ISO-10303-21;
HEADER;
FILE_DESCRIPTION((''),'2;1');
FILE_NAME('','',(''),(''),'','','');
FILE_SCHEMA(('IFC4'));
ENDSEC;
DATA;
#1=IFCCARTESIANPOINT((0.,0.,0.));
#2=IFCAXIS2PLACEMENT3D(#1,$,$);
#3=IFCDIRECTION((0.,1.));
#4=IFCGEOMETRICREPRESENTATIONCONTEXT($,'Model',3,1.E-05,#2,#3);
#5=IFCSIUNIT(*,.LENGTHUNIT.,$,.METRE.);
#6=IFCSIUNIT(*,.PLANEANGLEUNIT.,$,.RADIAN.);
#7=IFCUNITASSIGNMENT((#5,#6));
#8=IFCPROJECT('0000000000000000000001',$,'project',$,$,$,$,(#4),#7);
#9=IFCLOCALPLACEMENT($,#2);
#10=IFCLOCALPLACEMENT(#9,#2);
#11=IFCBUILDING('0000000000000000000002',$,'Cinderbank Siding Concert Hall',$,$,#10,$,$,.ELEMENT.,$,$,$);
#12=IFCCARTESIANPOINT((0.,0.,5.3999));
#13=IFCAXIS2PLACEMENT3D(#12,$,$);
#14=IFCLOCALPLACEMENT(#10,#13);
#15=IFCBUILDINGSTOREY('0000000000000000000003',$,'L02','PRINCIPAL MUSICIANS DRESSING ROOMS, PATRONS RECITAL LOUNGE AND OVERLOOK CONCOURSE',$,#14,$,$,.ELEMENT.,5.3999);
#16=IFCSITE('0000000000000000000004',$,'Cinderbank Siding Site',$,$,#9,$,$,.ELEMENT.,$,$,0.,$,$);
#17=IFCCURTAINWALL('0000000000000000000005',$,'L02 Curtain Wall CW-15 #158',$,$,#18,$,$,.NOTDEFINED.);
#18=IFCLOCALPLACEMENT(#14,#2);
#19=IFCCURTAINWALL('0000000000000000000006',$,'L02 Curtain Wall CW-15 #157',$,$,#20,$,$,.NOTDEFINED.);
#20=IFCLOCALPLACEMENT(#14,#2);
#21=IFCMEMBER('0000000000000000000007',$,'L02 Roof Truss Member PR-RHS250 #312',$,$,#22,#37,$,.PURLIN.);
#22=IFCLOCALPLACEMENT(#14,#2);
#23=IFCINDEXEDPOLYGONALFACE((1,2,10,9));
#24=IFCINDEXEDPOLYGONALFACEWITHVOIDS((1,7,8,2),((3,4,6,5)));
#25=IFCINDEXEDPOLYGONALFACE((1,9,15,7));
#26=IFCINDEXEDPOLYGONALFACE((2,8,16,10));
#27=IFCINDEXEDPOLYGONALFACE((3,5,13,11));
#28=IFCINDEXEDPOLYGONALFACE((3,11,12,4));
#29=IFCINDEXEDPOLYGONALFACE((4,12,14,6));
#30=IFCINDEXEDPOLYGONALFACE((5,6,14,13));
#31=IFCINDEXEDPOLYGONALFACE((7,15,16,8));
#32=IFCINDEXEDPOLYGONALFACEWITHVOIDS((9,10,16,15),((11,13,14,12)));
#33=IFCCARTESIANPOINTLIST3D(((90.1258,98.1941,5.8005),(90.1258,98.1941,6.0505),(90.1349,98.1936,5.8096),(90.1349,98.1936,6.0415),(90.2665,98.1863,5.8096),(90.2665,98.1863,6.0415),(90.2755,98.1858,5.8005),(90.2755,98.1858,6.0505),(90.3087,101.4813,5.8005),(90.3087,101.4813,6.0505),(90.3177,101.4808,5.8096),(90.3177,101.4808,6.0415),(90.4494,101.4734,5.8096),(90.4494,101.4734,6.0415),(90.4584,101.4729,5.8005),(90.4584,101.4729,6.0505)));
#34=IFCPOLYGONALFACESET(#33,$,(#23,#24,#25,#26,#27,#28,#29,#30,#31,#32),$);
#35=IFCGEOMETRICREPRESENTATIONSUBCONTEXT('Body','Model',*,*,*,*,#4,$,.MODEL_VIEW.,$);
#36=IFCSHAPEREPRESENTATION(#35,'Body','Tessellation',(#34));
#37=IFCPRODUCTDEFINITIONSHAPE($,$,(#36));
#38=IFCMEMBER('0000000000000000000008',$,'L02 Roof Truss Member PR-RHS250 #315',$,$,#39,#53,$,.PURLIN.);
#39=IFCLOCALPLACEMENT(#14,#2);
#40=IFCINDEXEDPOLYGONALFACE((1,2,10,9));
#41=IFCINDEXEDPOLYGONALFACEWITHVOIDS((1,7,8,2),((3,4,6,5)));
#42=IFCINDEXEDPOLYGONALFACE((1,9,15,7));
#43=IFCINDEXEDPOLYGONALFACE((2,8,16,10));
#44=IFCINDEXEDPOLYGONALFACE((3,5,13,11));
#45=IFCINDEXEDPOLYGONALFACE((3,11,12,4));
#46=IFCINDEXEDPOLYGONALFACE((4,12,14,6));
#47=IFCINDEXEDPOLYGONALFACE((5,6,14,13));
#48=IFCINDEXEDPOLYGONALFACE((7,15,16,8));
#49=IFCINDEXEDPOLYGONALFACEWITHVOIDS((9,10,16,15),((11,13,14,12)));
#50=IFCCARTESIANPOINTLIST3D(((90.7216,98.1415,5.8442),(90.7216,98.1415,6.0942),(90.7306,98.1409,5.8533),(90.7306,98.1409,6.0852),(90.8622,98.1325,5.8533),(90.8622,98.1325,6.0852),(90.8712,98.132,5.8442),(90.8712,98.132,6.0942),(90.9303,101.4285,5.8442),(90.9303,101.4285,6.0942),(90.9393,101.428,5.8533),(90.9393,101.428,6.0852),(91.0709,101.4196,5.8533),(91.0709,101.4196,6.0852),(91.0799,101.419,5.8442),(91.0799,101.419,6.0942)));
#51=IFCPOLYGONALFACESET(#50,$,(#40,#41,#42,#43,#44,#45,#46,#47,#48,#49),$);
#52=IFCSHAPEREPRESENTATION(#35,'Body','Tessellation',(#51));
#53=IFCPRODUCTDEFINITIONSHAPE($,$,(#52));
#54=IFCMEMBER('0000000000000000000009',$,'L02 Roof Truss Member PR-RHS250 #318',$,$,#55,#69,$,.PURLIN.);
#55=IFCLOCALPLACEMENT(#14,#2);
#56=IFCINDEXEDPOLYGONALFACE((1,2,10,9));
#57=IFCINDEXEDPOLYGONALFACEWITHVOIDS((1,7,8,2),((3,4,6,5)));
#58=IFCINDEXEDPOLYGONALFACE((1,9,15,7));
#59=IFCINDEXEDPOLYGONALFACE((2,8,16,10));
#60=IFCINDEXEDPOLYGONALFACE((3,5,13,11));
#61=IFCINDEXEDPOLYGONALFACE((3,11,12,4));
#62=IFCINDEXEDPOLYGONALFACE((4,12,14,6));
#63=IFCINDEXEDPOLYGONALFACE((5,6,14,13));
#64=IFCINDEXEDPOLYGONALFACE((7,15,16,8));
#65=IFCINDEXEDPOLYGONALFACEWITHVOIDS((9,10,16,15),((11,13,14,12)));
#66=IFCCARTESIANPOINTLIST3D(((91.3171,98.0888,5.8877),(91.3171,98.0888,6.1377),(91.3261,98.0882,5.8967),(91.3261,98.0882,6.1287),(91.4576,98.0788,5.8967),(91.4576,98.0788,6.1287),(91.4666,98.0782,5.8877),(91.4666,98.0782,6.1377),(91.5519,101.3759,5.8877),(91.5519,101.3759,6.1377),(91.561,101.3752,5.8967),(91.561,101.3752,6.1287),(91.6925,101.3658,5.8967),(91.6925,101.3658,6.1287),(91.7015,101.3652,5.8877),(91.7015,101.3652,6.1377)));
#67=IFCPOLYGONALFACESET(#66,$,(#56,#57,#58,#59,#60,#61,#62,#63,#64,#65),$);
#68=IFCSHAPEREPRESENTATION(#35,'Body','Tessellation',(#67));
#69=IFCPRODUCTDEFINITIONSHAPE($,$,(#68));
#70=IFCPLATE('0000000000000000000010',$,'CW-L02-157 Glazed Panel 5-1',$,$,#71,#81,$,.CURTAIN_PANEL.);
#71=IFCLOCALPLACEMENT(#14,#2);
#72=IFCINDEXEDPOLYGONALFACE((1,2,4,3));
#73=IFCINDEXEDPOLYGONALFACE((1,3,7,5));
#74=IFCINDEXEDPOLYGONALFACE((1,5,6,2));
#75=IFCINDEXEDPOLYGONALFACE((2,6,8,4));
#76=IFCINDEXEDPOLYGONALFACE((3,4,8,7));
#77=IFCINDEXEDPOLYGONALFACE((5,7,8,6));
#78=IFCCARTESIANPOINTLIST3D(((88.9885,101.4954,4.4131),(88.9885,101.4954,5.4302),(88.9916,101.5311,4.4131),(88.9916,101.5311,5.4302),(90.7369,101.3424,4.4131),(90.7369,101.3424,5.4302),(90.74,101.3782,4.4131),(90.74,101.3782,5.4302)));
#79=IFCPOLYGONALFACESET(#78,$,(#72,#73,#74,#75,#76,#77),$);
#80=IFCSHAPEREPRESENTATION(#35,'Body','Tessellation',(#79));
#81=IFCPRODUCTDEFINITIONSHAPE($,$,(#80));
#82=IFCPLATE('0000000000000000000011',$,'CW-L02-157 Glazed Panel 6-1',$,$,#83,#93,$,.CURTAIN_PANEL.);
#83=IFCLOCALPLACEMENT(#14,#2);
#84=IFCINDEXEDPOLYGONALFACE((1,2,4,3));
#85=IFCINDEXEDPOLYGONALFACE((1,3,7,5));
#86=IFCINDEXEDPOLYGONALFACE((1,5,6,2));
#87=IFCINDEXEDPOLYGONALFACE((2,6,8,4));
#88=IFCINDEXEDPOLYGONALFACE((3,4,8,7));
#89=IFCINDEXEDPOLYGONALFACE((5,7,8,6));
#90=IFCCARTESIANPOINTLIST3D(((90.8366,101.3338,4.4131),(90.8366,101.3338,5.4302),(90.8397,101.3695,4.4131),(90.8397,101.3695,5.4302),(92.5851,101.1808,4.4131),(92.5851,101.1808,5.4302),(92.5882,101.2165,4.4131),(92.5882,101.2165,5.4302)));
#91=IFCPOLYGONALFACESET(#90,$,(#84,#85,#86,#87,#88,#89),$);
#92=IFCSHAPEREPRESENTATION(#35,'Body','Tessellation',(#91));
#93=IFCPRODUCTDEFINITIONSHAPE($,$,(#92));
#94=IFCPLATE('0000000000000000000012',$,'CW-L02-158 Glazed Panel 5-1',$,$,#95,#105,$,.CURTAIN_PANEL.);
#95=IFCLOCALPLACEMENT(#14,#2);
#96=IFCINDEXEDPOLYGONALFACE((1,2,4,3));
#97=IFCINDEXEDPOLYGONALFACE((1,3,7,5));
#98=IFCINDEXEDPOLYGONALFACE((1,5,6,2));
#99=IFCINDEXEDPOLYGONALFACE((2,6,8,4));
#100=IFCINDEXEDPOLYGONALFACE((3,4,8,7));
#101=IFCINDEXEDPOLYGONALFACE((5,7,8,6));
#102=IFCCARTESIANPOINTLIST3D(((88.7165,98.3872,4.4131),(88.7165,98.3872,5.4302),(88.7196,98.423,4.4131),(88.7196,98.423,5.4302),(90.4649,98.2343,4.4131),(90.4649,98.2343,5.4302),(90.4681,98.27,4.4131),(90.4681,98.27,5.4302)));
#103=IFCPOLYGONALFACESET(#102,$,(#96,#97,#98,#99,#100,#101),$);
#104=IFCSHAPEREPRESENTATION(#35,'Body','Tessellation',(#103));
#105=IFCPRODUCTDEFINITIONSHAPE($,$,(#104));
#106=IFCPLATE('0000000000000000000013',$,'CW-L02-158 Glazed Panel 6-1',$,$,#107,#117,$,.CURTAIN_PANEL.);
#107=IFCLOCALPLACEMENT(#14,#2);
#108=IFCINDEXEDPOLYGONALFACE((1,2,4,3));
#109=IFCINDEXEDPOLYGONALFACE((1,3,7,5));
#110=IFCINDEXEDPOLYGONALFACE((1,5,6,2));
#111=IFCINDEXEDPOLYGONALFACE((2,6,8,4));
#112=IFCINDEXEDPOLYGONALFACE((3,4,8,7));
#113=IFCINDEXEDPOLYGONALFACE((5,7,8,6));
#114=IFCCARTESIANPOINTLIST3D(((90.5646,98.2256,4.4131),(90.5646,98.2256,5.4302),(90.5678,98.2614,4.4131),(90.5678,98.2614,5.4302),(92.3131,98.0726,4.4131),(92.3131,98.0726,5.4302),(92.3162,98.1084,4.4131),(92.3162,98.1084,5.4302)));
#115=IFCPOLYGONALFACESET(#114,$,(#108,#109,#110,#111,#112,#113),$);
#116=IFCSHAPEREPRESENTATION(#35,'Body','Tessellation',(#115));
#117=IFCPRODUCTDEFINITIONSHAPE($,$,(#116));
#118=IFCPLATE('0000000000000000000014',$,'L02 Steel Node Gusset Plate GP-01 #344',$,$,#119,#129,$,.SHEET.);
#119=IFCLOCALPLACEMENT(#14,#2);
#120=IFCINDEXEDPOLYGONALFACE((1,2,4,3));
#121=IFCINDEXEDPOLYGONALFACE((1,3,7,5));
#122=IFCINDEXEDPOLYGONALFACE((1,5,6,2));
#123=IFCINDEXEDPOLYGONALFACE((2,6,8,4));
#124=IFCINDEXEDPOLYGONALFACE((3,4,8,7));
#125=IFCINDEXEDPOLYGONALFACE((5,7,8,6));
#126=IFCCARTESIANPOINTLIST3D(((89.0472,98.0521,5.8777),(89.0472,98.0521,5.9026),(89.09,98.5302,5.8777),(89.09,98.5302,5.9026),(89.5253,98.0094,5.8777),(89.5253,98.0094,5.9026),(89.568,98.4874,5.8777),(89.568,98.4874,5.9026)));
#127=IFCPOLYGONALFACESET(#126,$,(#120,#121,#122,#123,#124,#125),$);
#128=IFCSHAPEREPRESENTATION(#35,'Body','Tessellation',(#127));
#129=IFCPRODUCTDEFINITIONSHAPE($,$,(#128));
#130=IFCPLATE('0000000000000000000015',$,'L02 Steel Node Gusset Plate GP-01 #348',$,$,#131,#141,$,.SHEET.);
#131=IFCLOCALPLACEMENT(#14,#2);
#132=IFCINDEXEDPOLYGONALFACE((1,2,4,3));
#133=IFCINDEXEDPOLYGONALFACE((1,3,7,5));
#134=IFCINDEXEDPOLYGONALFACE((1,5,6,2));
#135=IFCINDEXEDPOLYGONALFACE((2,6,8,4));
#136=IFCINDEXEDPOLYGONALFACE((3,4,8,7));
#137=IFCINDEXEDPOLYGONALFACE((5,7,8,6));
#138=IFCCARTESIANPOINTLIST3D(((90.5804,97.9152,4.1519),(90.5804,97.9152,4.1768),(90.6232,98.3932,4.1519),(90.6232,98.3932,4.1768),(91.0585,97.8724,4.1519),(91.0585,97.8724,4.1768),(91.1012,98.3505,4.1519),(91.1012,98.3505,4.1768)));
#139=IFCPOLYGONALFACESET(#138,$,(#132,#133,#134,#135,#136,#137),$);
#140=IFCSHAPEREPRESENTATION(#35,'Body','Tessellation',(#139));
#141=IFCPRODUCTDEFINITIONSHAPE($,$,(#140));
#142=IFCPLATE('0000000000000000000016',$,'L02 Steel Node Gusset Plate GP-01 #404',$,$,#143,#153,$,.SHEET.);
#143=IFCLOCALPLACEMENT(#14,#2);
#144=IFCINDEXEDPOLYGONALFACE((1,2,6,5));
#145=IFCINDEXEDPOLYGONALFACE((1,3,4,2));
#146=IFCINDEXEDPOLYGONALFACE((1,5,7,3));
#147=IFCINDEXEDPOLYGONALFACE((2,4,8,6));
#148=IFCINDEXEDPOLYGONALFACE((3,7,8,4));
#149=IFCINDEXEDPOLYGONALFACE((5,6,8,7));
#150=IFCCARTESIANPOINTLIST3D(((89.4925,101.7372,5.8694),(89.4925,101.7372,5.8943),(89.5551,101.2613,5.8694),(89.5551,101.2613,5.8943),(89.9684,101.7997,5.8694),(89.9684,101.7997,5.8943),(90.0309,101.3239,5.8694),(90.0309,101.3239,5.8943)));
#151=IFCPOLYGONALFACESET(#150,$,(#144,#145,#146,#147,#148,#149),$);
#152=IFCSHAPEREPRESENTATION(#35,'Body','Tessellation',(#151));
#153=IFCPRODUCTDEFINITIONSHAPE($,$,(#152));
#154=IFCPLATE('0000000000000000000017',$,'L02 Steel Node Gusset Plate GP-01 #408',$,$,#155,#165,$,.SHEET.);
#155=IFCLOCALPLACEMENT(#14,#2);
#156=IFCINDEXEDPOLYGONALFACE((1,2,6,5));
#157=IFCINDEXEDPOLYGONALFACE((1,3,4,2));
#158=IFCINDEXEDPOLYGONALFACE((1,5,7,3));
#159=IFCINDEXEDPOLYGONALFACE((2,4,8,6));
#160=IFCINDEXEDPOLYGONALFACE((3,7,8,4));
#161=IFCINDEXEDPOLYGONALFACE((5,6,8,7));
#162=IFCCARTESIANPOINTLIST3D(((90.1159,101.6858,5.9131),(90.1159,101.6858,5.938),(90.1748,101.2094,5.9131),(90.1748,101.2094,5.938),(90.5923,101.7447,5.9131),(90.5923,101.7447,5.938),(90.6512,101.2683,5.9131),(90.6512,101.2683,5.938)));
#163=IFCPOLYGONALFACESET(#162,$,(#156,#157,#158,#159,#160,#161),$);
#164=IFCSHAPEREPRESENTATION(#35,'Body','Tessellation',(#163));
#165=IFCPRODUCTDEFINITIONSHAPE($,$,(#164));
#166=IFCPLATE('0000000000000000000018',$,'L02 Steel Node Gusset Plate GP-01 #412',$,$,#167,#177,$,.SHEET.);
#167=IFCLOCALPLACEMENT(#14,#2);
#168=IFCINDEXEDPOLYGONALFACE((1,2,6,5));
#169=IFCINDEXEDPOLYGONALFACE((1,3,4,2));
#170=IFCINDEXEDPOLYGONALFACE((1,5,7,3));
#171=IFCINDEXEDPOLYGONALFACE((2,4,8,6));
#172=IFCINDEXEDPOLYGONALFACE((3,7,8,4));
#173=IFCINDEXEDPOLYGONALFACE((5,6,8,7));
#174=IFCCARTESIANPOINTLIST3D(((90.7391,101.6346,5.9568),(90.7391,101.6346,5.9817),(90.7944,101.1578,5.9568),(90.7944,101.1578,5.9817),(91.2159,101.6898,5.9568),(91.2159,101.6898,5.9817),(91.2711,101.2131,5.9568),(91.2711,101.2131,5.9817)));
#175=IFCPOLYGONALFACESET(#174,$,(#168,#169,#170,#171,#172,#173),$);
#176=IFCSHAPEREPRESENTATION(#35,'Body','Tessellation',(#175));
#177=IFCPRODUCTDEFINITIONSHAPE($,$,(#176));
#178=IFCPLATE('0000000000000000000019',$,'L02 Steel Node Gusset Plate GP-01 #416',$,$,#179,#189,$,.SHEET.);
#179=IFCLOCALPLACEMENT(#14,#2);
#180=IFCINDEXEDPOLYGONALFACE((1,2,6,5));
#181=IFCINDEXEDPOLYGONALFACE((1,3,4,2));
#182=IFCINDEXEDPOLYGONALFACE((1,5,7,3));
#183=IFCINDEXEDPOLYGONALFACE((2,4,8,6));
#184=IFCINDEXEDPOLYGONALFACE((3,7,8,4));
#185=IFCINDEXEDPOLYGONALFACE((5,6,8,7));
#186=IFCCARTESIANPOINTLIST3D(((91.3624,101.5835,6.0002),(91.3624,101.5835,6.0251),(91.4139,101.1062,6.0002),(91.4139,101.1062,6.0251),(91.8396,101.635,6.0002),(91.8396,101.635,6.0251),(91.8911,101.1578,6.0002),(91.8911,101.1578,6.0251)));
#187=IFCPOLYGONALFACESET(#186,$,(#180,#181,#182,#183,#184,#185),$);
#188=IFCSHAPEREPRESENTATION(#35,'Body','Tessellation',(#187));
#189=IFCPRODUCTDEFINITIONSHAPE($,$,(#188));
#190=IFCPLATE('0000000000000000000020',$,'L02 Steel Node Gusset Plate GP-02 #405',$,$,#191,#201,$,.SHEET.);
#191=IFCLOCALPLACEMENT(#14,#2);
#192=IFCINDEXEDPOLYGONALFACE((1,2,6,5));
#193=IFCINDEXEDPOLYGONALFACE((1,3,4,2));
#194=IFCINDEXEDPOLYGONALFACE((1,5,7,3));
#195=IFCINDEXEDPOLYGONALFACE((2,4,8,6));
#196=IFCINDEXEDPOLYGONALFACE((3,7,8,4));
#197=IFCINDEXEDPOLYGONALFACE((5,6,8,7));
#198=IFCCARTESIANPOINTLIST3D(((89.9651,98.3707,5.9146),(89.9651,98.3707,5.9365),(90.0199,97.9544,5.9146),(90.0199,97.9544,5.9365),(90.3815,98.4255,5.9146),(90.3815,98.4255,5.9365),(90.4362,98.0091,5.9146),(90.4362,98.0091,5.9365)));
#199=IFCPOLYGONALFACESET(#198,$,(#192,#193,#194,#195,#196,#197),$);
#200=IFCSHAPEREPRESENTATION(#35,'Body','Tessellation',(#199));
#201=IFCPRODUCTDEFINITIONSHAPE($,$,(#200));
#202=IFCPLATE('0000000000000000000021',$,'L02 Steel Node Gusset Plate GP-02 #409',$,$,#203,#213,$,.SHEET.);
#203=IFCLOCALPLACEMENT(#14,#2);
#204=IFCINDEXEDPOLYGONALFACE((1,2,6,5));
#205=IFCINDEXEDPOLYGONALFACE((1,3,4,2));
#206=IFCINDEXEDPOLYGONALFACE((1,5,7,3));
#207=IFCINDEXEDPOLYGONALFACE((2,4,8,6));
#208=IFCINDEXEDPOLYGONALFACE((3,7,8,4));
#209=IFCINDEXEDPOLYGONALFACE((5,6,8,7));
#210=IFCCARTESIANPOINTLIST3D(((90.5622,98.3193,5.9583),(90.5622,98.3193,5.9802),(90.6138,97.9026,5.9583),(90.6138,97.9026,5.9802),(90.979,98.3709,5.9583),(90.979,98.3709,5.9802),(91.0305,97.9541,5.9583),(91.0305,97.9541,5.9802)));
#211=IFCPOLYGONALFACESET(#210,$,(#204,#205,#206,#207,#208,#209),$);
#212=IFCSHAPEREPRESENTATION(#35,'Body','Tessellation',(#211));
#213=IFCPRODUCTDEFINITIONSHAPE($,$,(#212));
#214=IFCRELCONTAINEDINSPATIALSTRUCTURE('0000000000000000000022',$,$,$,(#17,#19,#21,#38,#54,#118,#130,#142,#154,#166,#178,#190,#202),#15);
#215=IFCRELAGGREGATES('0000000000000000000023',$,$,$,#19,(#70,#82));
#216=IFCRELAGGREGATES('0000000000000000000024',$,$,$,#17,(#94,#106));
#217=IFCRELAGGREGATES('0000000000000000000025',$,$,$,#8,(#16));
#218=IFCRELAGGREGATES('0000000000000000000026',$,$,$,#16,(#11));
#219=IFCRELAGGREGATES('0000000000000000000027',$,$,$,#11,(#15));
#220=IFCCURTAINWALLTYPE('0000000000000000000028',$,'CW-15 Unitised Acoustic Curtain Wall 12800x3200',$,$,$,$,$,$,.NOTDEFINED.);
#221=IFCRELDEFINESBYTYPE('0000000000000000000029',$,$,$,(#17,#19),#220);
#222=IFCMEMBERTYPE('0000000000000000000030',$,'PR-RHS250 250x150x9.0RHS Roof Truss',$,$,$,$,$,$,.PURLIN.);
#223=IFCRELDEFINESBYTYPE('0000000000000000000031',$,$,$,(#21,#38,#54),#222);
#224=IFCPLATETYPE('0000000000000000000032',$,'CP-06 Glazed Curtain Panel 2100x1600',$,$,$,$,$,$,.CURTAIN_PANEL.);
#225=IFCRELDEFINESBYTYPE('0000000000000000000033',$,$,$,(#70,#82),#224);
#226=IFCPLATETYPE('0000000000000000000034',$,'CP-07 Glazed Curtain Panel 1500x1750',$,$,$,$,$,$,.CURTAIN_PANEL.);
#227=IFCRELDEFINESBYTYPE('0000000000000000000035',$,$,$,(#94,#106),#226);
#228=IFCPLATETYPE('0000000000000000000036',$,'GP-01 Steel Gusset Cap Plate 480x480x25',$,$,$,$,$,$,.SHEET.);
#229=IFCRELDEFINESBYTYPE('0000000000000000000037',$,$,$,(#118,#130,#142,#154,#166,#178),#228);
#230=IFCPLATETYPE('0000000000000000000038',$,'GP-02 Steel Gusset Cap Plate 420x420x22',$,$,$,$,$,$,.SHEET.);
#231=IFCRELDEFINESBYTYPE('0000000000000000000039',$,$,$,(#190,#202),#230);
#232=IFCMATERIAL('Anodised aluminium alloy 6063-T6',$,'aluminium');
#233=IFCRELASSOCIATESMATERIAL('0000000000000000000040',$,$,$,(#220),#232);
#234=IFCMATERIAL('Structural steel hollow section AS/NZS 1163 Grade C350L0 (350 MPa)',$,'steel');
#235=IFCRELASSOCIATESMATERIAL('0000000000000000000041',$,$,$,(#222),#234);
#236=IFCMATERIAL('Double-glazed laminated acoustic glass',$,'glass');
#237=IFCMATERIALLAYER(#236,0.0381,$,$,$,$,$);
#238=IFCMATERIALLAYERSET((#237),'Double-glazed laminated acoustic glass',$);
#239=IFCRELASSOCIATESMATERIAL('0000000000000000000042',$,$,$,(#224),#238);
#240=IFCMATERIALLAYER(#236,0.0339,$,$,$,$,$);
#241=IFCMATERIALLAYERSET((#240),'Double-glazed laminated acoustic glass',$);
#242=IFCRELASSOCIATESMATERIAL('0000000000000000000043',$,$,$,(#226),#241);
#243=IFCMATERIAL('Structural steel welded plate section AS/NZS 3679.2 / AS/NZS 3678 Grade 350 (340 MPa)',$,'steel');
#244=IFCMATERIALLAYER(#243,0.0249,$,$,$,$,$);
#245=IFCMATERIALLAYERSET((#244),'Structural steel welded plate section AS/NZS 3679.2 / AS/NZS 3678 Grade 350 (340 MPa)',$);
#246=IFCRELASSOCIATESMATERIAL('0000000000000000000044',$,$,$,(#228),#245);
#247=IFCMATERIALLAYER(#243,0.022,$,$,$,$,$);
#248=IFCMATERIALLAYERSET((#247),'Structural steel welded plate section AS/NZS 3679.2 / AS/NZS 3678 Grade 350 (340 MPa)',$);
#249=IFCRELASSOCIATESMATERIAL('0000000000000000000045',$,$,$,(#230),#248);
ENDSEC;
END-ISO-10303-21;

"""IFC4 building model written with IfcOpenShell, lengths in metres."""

from ifc_helpers import new_model, si_unit, direction, frame, origin, origin_2d, place, context, subcontext, project, spatial, rectangle, hollow_rectangle, extrude, material, layer, layer_set, material_profile, profile_set, type_object, element, aggregate, save


model = new_model("IFC4")

# Units and contexts
model_context = context("Model", 3, precision=1e-05, world=origin(), true_north=direction((0.0, 1.0)))
body_context = subcontext(model_context, "Body", "Model", "MODEL_VIEW")
ifc_project = project(units=[si_unit("LENGTHUNIT", "METRE"), si_unit("PLANEANGLEUNIT", "RADIAN")], contexts=[model_context])

# Site, building, storey
site_placement = place(None, origin())
site = spatial("IfcSite", under=ifc_project, at=site_placement, Name="Cinderbank Siding Site", CompositionType="ELEMENT", RefElevation=0.0)
building_placement = place(site_placement, origin())
building = spatial("IfcBuilding", under=site, at=building_placement, Name="Cinderbank Siding Concert Hall", CompositionType="ELEMENT")
storey_placement = place(building_placement, frame((0.0, 0.0, 5.3999)))
storey = spatial("IfcBuildingStorey", under=building, at=storey_placement, Name="L02", Description="PRINCIPAL MUSICIANS DRESSING ROOMS, PATRONS RECITAL LOUNGE AND OVERLOOK CONCOURSE", CompositionType="ELEMENT", Elevation=5.3999)

# Shared definitions
ifc_material_1 = material(Name="Structural steel hollow section AS/NZS 1163 Grade C350L0 (350 MPa)", Category="steel")

# Curtain walls
ifc_material_2 = material(Name="Anodised aluminium alloy 6063-T6", Category="aluminium")
curtain_wall_type = type_object("IfcCurtainWallType", Name="CW-15 Unitised Acoustic Curtain Wall 12800x3200", PredefinedType="NOTDEFINED", material=ifc_material_2)
curtain_wall_1_placement = place(storey_placement, origin())
curtain_wall_1 = element("IfcCurtainWall", 1, at=curtain_wall_1_placement, inside=storey, type_object=curtain_wall_type, Name="L02 Curtain Wall CW-15 #158", PredefinedType="NOTDEFINED")
curtain_wall_2_placement = place(storey_placement, origin())
curtain_wall_2 = element("IfcCurtainWall", 2, at=curtain_wall_2_placement, inside=storey, type_object=curtain_wall_type, Name="L02 Curtain Wall CW-15 #157", PredefinedType="NOTDEFINED")

# Members
ifc_material_profile_1 = material_profile(ifc_material_1, hollow_rectangle(XDim=0.1499, YDim=0.25, WallThickness=0.009, at=origin_2d()), Name="250x150x9.0RHS", Category="LoadBearing")
ifc_profile_set_1 = profile_set([ifc_material_profile_1], Name="Structural steel hollow section AS/NZS 1163 Grade C350L0 (350 MPa)")
member_type_1 = type_object("IfcMemberType", Name="PR-RHS250 250x150x9.0RHS Roof Truss", PredefinedType="PURLIN", material=ifc_profile_set_1)
member_1_placement = place(storey_placement, frame((90.2007, 98.1899, 5.9255), z_axis=(0.055544, 0.998456, 0.0), x_axis=(-0.998456, 0.055544, 0.0)))
element("IfcMember", 3, at=member_1_placement, inside=storey, type_object=member_type_1, Name="L02 Roof Truss Member PR-RHS250 #312", PredefinedType="PURLIN", context=body_context, shape_type="SweptSolid", body=[
    extrude(hollow_rectangle(XDim=0.1499, YDim=0.25, WallThickness=0.009, at=origin_2d()), origin(), (0.0, 0.0, 1.0), 3.2922),
])
member_2_placement = place(storey_placement, frame((90.7964, 98.1367, 5.9692), z_axis=(0.063375, 0.99799, 0.0), x_axis=(-0.99799, 0.063375, 0.0)))
element("IfcMember", 4, at=member_2_placement, inside=storey, type_object=member_type_1, Name="L02 Roof Truss Member PR-RHS250 #315", PredefinedType="PURLIN", context=body_context, shape_type="SweptSolid", body=[
    extrude(hollow_rectangle(XDim=0.1499, YDim=0.25, WallThickness=0.009, at=origin_2d()), origin(), (0.0, 0.0, 1.0), 3.2937),
])
member_3_placement = place(storey_placement, frame((91.3918, 98.0835, 6.0127), z_axis=(0.071268, 0.997457, 0.0), x_axis=(-0.997457, 0.071268, 0.0)))
element("IfcMember", 5, at=member_3_placement, inside=storey, type_object=member_type_1, Name="L02 Roof Truss Member PR-RHS250 #318", PredefinedType="PURLIN", context=body_context, shape_type="SweptSolid", body=[
    extrude(hollow_rectangle(XDim=0.1499, YDim=0.25, WallThickness=0.009, at=origin_2d()), origin(), (0.0, 0.0, 1.0), 3.2954),
])

# Plates
ifc_material_3 = material(Name="Double-glazed laminated acoustic glass", Category="glass")
ifc_layer_1 = layer(ifc_material_3, 0.0381)
ifc_layer_set_1 = layer_set([ifc_layer_1], Name="Double-glazed laminated acoustic glass")
plate_type_1 = type_object("IfcPlateType", Name="CP-06 Glazed Curtain Panel 2100x1600", PredefinedType="CURTAIN_PANEL", material=ifc_layer_set_1)
plate_1_placement = place(storey_placement, frame((89.8643, 101.4368, 4.4131), z_axis=(0.0, 0.0, 1.0), x_axis=(0.996195, -0.087157, 0.0)))
plate_1 = element("IfcPlate", 6, at=plate_1_placement, type_object=plate_type_1, Name="CW-L02-157 Glazed Panel 5-1", PredefinedType="CURTAIN_PANEL", context=body_context, shape_type="SweptSolid", body=[
    extrude(rectangle(XDim=1.7551, YDim=0.0359, at=origin_2d()), origin(), (0.0, 0.0, 1.0), 1.0171),
])
plate_2_placement = place(storey_placement, frame((91.7124, 101.2751, 4.4131), z_axis=(0.0, 0.0, 1.0), x_axis=(0.996195, -0.087157, 0.0)))
plate_2 = element("IfcPlate", 7, at=plate_2_placement, type_object=plate_type_1, Name="CW-L02-157 Glazed Panel 6-1", PredefinedType="CURTAIN_PANEL", context=body_context, shape_type="SweptSolid", body=[
    extrude(rectangle(XDim=1.7551, YDim=0.0359, at=origin_2d()), origin(), (0.0, 0.0, 1.0), 1.0171),
])
aggregate(curtain_wall_2, [plate_1, plate_2])
ifc_layer_2 = layer(ifc_material_3, 0.0339)
ifc_layer_set_2 = layer_set([ifc_layer_2], Name="Double-glazed laminated acoustic glass")
plate_type_2 = type_object("IfcPlateType", Name="CP-07 Glazed Curtain Panel 1500x1750", PredefinedType="CURTAIN_PANEL", material=ifc_layer_set_2)
plate_3_placement = place(storey_placement, frame((89.5923, 98.3286, 4.4131), z_axis=(0.0, 0.0, 1.0), x_axis=(0.996195, -0.087157, 0.0)))
plate_3 = element("IfcPlate", 8, at=plate_3_placement, type_object=plate_type_2, Name="CW-L02-158 Glazed Panel 5-1", PredefinedType="CURTAIN_PANEL", context=body_context, shape_type="SweptSolid", body=[
    extrude(rectangle(XDim=1.7551, YDim=0.0359, at=origin_2d()), origin(), (0.0, 0.0, 1.0), 1.0171),
])
plate_4_placement = place(storey_placement, frame((91.4404, 98.167, 4.4131), z_axis=(0.0, 0.0, 1.0), x_axis=(0.996195, -0.087157, 0.0)))
plate_4 = element("IfcPlate", 9, at=plate_4_placement, type_object=plate_type_2, Name="CW-L02-158 Glazed Panel 6-1", PredefinedType="CURTAIN_PANEL", context=body_context, shape_type="SweptSolid", body=[
    extrude(rectangle(XDim=1.7551, YDim=0.0359, at=origin_2d()), origin(), (0.0, 0.0, 1.0), 1.0171),
])
aggregate(curtain_wall_1, [plate_3, plate_4])

# Plates
ifc_material_4 = material(Name="Structural steel welded plate section AS/NZS 3679.2 / AS/NZS 3678 Grade 350 (340 MPa)", Category="steel")
ifc_layer_3 = layer(ifc_material_4, 0.0249)
ifc_layer_set_3 = layer_set([ifc_layer_3], Name="Structural steel welded plate section AS/NZS 3679.2 / AS/NZS 3678 Grade 350 (340 MPa)")
plate_type_3 = type_object("IfcPlateType", Name="GP-01 Steel Gusset Cap Plate 480x480x25", PredefinedType="SHEET", material=ifc_layer_set_3)
for number, where, z_axis, x_axis, name in (
    (10, (89.3076, 98.2698, 5.8777), (0.0, 0.0, 1.0), (0.996026, -0.089068, 0.0), "L02 Steel Node Gusset Plate GP-01 #344"),
    (11, (90.8408, 98.1328, 4.1519), (0.0, 0.0, 1.0), (0.996026, -0.089068, 0.0), "L02 Steel Node Gusset Plate GP-01 #348"),
    (12, (89.7617, 101.5305, 5.8694), (0.0, 0.0, 1.0), (0.130353, -0.991468, 0.0), "L02 Steel Node Gusset Plate GP-01 #404"),
    (13, (90.3835, 101.4771, 5.9131), (0.0, 0.0, 1.0), (0.122735, -0.992439, 0.0), "L02 Steel Node Gusset Plate GP-01 #408"),
    (14, (91.0051, 101.4238, 5.9568), (0.0, 0.0, 1.0), (0.115111, -0.993353, 0.0), "L02 Steel Node Gusset Plate GP-01 #412"),
    (15, (91.6267, 101.3706, 6.0002), (0.0, 0.0, 1.0), (0.107305, -0.994226, 0.0), "L02 Steel Node Gusset Plate GP-01 #416"),
):
    element("IfcPlate", number, at=place(storey_placement, frame(where, z_axis=z_axis, x_axis=x_axis)), inside=storey, type_object=plate_type_3, Name=name, PredefinedType="SHEET", context=body_context, shape_type="SweptSolid", body=[
        extrude(rectangle(XDim=0.48, YDim=0.48, at=origin_2d()), origin(), (0.0, 0.0, 1.0), 0.0249),
    ])
ifc_layer_4 = layer(ifc_material_4, 0.022)
ifc_layer_set_4 = layer_set([ifc_layer_4], Name="Structural steel welded plate section AS/NZS 3679.2 / AS/NZS 3678 Grade 350 (340 MPa)")
plate_type_4 = type_object("IfcPlateType", Name="GP-02 Steel Gusset Cap Plate 420x420x22", PredefinedType="SHEET", material=ifc_layer_set_4)
for number, where, z_axis, x_axis, name in (
    (16, (90.2007, 98.1899, 5.9146), (0.0, 0.0, 1.0), (0.130353, -0.991468, 0.0), "L02 Steel Node Gusset Plate GP-02 #405"),
    (17, (90.7964, 98.1367, 5.9583), (0.0, 0.0, 1.0), (0.122735, -0.992439, 0.0), "L02 Steel Node Gusset Plate GP-02 #409"),
):
    element("IfcPlate", number, at=place(storey_placement, frame(where, z_axis=z_axis, x_axis=x_axis)), inside=storey, type_object=plate_type_4, Name=name, PredefinedType="SHEET", context=body_context, shape_type="SweptSolid", body=[
        extrude(rectangle(XDim=0.4199, YDim=0.4199, at=origin_2d()), origin(), (0.0, 0.0, 1.0), 0.022),
    ])

save(model, "model.ifc")
